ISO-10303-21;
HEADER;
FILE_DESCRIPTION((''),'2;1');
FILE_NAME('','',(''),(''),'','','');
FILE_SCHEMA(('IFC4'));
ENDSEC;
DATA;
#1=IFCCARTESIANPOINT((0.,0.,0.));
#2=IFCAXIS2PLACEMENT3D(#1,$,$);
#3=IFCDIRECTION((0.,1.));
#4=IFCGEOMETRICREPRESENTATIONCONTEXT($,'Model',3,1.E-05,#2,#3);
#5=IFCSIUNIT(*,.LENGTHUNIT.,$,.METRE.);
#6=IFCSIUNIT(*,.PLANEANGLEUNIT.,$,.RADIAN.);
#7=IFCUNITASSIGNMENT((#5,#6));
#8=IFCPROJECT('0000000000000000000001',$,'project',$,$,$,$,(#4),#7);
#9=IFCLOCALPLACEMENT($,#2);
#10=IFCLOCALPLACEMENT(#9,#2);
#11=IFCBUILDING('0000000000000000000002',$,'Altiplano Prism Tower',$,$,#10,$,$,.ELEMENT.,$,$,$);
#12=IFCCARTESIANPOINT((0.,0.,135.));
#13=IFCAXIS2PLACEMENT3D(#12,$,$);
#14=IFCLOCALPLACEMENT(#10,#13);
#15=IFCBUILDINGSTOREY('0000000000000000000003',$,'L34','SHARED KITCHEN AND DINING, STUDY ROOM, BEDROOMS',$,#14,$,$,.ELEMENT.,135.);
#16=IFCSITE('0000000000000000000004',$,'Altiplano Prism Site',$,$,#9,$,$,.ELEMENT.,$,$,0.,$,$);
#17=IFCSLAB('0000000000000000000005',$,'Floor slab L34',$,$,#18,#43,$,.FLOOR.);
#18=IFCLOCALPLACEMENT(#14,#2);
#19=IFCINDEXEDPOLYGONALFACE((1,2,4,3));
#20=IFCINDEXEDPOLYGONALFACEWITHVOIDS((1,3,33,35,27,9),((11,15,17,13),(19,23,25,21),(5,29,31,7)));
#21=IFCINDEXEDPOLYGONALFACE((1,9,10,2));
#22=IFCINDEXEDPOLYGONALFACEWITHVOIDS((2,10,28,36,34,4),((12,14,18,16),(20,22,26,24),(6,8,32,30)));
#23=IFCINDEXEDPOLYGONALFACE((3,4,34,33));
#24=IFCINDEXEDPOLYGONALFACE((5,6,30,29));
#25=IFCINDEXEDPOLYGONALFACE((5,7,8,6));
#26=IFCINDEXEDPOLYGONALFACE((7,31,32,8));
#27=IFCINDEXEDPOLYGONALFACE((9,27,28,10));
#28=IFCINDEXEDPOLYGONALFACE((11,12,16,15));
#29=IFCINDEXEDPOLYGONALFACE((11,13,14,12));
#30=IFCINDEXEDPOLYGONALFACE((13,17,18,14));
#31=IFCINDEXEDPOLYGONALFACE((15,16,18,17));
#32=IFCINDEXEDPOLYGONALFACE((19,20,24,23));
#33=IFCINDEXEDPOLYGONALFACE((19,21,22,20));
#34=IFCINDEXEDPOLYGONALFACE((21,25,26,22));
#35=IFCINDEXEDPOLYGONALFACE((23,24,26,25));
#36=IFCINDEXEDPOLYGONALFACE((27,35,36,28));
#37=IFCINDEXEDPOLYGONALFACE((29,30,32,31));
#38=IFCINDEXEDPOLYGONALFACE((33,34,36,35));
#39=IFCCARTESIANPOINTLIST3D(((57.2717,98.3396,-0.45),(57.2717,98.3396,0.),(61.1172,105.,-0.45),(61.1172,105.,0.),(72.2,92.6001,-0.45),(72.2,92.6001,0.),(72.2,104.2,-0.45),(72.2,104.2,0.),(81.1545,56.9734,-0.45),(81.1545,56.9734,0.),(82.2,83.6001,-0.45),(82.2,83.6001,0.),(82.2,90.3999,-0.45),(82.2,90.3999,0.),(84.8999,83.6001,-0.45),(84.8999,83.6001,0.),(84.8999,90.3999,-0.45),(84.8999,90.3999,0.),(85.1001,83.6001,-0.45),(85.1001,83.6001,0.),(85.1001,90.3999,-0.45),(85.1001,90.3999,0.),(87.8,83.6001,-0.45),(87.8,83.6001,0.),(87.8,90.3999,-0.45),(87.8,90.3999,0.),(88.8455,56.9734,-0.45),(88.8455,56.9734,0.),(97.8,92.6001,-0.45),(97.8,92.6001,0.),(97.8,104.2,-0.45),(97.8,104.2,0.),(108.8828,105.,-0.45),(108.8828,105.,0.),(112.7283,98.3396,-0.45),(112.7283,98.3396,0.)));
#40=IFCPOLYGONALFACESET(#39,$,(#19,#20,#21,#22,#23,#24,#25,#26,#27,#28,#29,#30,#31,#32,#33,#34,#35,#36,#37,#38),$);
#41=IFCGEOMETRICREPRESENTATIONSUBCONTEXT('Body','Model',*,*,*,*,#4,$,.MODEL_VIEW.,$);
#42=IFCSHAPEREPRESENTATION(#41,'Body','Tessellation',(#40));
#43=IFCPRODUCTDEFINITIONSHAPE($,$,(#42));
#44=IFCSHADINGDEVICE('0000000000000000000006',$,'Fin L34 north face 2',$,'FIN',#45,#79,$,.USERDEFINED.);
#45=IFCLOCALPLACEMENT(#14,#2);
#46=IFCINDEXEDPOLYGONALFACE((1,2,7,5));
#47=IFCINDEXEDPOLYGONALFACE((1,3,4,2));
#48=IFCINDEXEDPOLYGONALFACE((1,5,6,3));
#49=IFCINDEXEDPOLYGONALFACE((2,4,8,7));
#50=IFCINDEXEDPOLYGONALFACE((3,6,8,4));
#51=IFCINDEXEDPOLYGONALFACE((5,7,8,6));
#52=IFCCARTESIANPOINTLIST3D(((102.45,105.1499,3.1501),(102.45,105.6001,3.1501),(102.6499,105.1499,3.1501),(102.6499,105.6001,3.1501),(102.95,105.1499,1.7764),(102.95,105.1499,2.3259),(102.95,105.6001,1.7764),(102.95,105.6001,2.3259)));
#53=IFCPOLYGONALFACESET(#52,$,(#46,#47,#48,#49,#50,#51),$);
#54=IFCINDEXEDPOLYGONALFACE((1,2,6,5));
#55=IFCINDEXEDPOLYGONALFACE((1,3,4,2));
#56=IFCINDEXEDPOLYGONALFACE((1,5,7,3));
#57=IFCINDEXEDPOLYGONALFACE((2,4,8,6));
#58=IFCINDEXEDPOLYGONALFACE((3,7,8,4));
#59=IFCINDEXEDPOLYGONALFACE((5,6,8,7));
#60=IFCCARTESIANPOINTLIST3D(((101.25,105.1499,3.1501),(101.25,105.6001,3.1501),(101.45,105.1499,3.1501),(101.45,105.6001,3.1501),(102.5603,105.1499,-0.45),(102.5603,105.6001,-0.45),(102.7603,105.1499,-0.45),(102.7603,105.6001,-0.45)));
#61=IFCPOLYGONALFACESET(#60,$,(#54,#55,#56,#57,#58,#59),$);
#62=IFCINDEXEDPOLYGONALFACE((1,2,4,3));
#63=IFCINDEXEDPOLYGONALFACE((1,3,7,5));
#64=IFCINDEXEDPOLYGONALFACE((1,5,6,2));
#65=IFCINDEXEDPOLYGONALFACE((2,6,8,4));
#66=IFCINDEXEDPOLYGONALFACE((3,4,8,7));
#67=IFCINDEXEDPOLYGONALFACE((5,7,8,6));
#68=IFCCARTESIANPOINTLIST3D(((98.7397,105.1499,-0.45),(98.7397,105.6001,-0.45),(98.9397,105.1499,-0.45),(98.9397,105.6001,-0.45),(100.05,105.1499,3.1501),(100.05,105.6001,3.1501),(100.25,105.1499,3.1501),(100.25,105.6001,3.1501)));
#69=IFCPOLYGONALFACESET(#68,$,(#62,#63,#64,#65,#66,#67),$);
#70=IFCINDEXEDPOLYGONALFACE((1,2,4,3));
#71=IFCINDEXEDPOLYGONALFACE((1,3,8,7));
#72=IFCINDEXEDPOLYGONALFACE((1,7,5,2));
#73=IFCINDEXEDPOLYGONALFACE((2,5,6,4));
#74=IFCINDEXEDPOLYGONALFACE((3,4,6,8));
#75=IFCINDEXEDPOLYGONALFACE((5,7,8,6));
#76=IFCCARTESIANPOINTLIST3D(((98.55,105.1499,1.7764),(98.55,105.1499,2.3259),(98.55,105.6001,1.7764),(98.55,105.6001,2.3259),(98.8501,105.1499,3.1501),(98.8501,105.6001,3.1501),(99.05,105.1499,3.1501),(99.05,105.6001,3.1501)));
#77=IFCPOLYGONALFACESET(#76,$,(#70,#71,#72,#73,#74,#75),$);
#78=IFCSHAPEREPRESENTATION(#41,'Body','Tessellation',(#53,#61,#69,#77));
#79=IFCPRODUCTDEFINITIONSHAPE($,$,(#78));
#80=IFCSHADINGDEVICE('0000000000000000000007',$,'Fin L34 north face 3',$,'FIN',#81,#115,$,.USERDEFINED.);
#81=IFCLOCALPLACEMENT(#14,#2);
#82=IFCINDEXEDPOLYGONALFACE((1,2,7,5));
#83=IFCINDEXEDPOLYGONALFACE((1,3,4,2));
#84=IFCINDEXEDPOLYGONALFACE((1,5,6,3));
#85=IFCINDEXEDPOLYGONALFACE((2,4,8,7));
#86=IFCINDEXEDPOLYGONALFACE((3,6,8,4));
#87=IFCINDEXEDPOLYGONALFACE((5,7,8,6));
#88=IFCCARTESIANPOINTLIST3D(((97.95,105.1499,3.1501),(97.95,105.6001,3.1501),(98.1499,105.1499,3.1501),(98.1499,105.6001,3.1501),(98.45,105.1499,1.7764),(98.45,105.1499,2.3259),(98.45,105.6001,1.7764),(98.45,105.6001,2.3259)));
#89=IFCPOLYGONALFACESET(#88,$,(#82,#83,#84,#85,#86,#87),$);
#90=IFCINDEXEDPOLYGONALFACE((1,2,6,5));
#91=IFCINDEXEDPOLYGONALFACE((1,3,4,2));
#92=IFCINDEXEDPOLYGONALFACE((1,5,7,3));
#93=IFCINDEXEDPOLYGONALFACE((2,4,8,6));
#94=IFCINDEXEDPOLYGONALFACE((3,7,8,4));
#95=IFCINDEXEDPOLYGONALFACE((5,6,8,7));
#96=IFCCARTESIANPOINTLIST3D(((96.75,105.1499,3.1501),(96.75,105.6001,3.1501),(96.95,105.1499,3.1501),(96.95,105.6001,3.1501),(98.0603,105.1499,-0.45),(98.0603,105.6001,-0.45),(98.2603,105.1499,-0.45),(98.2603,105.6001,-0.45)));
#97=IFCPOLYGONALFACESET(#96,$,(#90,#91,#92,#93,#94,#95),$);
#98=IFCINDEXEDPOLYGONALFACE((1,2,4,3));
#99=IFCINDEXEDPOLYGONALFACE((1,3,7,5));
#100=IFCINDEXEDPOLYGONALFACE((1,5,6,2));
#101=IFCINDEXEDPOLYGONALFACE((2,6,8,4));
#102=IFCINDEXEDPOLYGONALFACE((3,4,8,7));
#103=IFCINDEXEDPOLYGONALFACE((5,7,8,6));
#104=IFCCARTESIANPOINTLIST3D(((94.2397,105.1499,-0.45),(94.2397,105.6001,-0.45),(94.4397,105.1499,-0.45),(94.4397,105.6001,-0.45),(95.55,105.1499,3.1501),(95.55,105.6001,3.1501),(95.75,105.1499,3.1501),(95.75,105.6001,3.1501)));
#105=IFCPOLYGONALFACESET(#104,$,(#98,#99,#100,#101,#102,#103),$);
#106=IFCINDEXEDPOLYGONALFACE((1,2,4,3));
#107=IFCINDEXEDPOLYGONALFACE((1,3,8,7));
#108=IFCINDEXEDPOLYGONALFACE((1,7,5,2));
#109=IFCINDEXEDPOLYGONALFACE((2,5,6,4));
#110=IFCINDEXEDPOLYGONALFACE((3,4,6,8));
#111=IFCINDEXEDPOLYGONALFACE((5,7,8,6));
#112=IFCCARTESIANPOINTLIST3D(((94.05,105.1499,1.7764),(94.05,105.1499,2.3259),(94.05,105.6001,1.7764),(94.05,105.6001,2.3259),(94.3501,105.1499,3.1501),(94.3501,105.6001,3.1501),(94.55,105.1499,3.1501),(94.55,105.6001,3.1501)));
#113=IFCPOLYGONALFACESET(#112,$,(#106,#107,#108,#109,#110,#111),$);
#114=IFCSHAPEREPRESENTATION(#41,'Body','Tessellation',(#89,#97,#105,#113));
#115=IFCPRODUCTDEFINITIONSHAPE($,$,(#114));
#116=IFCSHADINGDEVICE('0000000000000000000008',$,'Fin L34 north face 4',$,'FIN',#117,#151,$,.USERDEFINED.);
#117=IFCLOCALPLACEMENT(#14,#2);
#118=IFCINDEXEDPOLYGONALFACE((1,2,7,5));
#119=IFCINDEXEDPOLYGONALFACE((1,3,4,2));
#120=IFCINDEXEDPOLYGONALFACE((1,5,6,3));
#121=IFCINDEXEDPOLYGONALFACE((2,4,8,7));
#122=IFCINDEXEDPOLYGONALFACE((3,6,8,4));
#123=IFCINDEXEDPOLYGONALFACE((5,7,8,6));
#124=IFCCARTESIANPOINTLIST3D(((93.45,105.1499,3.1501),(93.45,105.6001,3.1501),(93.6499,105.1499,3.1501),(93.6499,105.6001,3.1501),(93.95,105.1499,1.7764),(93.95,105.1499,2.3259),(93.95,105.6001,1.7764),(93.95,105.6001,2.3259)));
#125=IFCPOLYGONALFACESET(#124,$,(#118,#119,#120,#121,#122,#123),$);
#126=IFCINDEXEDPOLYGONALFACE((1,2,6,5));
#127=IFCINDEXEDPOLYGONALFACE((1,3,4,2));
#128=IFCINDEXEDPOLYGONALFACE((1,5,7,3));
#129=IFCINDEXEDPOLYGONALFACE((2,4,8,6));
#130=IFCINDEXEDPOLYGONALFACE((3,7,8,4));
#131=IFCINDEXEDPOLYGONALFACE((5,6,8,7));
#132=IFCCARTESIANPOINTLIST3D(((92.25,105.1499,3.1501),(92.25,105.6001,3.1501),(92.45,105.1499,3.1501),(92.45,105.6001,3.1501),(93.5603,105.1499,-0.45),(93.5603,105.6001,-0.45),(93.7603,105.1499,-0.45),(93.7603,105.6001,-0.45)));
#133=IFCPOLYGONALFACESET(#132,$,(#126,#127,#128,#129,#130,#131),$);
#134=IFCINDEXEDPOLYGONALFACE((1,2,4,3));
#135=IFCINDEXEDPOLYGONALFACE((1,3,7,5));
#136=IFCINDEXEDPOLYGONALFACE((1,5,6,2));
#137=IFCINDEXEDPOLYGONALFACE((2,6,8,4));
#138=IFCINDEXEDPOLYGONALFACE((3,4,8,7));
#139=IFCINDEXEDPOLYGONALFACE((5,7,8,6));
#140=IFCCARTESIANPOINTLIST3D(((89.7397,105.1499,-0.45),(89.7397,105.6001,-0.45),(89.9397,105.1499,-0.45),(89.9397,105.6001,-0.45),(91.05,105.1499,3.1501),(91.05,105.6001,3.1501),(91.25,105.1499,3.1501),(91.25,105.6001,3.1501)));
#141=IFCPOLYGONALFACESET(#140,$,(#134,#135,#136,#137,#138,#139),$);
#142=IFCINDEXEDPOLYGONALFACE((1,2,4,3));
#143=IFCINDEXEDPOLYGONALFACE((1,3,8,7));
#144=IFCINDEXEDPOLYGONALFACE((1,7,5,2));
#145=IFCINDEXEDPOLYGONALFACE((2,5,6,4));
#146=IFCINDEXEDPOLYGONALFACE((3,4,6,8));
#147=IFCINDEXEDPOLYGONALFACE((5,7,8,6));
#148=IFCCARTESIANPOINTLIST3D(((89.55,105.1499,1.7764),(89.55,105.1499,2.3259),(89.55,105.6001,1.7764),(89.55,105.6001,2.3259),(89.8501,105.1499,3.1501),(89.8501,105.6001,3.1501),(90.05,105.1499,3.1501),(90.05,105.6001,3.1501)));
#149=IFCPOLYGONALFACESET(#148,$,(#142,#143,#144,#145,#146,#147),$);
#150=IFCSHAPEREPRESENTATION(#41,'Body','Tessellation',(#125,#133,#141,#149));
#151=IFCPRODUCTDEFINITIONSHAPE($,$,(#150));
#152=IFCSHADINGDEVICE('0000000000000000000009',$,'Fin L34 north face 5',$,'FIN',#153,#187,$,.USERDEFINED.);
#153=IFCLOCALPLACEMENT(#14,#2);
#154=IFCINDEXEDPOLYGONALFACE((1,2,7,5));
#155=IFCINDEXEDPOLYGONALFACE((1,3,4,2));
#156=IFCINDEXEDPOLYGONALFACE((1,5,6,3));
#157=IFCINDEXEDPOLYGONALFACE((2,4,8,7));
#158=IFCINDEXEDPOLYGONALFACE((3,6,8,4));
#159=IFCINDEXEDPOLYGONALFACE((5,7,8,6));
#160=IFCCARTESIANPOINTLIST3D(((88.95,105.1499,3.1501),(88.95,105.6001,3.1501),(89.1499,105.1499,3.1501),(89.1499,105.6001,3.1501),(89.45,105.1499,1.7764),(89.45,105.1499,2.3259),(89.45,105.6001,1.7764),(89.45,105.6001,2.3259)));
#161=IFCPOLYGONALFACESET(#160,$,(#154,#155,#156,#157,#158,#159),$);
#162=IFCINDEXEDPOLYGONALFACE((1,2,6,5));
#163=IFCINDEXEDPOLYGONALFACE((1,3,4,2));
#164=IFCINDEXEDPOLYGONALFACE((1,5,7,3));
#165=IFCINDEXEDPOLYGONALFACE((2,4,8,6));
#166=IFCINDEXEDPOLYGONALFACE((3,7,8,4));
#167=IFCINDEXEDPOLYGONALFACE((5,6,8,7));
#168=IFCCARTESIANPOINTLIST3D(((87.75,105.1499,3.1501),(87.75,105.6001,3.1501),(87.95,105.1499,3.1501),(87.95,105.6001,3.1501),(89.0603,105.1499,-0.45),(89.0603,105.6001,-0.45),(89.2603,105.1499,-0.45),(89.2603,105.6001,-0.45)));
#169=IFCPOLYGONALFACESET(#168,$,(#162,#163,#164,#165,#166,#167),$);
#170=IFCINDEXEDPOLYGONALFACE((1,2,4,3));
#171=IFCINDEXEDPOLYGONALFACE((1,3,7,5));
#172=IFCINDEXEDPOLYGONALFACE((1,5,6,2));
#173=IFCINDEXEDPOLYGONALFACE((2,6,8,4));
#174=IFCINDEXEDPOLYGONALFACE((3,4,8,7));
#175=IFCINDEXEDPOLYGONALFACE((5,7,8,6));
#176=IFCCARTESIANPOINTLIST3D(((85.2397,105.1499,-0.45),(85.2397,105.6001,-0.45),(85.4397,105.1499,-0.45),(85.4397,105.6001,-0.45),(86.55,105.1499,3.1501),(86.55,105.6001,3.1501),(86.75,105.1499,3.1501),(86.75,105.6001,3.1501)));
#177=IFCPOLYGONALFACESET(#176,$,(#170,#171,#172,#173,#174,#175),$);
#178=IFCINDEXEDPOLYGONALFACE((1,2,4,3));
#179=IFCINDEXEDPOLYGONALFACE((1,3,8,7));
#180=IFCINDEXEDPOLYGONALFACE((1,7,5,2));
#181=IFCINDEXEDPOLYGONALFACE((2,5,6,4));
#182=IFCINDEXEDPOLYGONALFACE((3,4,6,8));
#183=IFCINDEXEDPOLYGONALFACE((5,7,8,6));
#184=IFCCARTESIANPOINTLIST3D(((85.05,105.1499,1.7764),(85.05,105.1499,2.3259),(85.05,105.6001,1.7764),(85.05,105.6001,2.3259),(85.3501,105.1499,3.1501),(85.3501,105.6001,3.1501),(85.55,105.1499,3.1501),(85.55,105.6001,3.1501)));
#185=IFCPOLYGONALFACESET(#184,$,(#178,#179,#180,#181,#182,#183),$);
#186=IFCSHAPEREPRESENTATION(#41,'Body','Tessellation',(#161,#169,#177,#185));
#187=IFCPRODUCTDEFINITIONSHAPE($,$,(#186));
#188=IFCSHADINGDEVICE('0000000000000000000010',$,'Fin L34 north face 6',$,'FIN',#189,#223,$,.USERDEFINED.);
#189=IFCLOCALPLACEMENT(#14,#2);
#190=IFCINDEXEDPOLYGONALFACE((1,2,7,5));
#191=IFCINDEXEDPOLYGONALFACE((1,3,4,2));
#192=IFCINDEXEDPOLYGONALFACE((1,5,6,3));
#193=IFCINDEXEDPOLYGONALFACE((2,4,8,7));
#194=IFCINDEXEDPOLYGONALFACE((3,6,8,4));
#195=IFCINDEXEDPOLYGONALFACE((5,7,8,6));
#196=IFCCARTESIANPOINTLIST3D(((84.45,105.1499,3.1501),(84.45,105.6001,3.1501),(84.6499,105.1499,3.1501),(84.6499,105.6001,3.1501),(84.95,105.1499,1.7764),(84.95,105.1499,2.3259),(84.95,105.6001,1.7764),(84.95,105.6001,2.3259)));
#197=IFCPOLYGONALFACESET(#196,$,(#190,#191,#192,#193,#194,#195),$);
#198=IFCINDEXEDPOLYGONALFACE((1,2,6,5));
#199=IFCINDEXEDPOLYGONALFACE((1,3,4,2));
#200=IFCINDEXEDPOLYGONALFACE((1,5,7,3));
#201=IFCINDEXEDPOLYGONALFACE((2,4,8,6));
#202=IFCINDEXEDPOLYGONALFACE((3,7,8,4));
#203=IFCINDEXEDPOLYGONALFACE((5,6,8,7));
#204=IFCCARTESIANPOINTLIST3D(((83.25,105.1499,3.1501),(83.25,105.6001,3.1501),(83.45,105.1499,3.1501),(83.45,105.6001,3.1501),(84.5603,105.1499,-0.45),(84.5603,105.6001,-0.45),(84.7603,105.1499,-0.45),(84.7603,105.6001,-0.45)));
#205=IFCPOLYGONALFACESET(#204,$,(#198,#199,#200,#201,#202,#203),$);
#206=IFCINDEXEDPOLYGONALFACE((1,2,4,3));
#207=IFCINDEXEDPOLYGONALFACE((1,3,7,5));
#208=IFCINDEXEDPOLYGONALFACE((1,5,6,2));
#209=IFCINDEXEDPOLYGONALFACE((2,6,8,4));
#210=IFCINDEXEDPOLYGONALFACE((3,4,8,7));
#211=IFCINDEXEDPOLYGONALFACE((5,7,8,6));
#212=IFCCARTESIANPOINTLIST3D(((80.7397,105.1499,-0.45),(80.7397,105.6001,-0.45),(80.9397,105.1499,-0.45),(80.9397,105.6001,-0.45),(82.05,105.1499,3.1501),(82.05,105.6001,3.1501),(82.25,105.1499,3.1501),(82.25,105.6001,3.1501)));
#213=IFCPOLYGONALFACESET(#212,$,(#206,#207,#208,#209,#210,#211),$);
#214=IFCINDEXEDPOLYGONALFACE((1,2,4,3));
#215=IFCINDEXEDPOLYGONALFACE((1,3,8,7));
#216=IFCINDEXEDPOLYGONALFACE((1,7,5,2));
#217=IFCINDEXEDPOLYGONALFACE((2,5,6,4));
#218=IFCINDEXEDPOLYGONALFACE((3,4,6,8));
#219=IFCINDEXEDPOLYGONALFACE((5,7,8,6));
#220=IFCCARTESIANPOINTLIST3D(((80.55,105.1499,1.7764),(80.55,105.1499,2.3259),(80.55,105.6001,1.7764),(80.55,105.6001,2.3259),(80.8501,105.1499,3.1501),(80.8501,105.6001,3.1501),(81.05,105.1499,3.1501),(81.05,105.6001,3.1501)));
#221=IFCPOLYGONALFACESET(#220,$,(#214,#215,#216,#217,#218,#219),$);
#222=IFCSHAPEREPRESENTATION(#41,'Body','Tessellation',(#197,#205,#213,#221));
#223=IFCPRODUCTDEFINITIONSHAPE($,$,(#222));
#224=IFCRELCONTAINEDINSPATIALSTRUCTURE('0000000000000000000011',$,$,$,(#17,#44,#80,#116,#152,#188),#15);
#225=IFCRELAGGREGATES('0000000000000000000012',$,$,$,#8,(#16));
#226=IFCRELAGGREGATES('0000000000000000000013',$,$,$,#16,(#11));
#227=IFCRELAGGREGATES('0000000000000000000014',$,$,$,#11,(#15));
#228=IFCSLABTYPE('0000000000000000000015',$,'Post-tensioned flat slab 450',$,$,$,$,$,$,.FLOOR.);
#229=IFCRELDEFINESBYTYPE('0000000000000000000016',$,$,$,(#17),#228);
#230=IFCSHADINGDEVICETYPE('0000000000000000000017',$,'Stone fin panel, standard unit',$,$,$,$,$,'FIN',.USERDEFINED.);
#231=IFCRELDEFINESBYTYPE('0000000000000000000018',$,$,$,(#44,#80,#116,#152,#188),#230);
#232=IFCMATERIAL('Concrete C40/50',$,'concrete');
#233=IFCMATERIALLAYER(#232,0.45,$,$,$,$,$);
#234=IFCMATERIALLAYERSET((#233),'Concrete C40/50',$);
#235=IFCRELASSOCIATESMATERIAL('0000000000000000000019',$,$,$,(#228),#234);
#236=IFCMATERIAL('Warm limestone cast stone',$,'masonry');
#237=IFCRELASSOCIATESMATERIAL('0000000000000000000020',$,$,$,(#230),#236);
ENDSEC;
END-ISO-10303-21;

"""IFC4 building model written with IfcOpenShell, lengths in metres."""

from ifc_helpers import new_model, si_unit, direction, frame, origin, place, context, subcontext, project, spatial, polyline, outline, extrude, source, transform, mapped, material, layer, layer_set, type_object, element, save


model = new_model("IFC4")

# Units and contexts
model_context = context("Model", 3, precision=1e-05, world=origin(), true_north=direction((0.0, 1.0)))
body_context = subcontext(model_context, "Body", "Model", "MODEL_VIEW")
ifc_project = project(units=[si_unit("LENGTHUNIT", "METRE"), si_unit("PLANEANGLEUNIT", "RADIAN")], contexts=[model_context])

# Site, building, storey
site_placement = place(None, origin())
site = spatial("IfcSite", under=ifc_project, at=site_placement, Name="Altiplano Prism Site", CompositionType="ELEMENT", RefElevation=0.0)
building_placement = place(site_placement, origin())
building = spatial("IfcBuilding", under=site, at=building_placement, Name="Altiplano Prism Tower", CompositionType="ELEMENT")
storey_placement = place(building_placement, frame((0.0, 0.0, 135.0)))
storey = spatial("IfcBuildingStorey", under=building, at=storey_placement, Name="L34", Description="SHARED KITCHEN AND DINING, STUDY ROOM, BEDROOMS", CompositionType="ELEMENT", Elevation=135.0)

# Slab
ifc_material_1 = material(Name="Concrete C40/50", Category="concrete")
ifc_layer = layer(ifc_material_1, 0.45)
ifc_layer_set = layer_set([ifc_layer], Name="Concrete C40/50")
slab_type = type_object("IfcSlabType", Name="Post-tensioned flat slab 450", PredefinedType="FLOOR", material=ifc_layer_set)
slab_placement = place(storey_placement, frame((0.0, 0.0, -0.45)))
element("IfcSlab", 1, at=slab_placement, inside=storey, type_object=slab_type, Name="Floor slab L34", PredefinedType="FLOOR", context=body_context, shape_type="SweptSolid", body=[
    extrude(outline(polyline([(81.1545, 56.9734), (57.2717, 98.3396), (61.1172, 105.0), (108.8828, 105.0), (112.7283, 98.3396), (88.8455, 56.9734), (81.1545, 56.9734)]), holes=[polyline([(72.2, 104.2), (72.2, 92.6001), (97.8, 92.6001), (97.8, 104.2), (72.2, 104.2)]), polyline([(84.8999, 90.3999), (82.2, 90.3999), (82.2, 83.6001), (84.8999, 83.6001), (84.8999, 90.3999)]), polyline([(87.8, 83.6001), (87.8, 90.3999), (85.1001, 90.3999), (85.1001, 83.6001), (87.8, 83.6001)])]), origin(), (0.0, 0.0, 1.0), 0.45),
])

# Shading devices
ifc_material_2 = material(Name="Warm limestone cast stone", Category="masonry")
shading_device_type_1 = type_object("IfcShadingDeviceType", Name="Stone fin panel, standard unit", ElementType="FIN", PredefinedType="USERDEFINED", material=ifc_material_2)
shared_shape_1 = source(origin(), body_context, "Body", "SweptSolid", [
    extrude(outline(polyline([(-2.2, 2.2263), (-1.7, 3.6001), (-1.8999, 3.6001), (-2.2, 2.7759), (-2.2, 2.2263)])), frame((0.0, -0.1499, 0.0), z_axis=(0.0, -1.0, 0.0), x_axis=(1.0, 0.0, 0.0)), (0.0, 0.0, 1.0), 0.4502),
    extrude(outline(polyline([(-2.0103, 0.0), (-1.8103, 0.0), (-0.5, 3.6001), (-0.7, 3.6001), (-2.0103, 0.0)])), frame((0.0, -0.1499, 0.0), z_axis=(0.0, -1.0, 0.0), x_axis=(1.0, 0.0, 0.0)), (0.0, 0.0, 1.0), 0.4502),
    extrude(outline(polyline([(1.8103, 0.0), (2.0103, 0.0), (0.7, 3.6001), (0.5, 3.6001), (1.8103, 0.0)])), frame((0.0, -0.1499, 0.0), z_axis=(0.0, -1.0, 0.0), x_axis=(1.0, 0.0, 0.0)), (0.0, 0.0, 1.0), 0.4502),
    extrude(outline(polyline([(2.2, 2.7759), (1.8999, 3.6001), (1.7, 3.6001), (2.2, 2.2263), (2.2, 2.7759)])), frame((0.0, -0.1499, 0.0), z_axis=(0.0, -1.0, 0.0), x_axis=(1.0, 0.0, 0.0)), (0.0, 0.0, 1.0), 0.4502),
])
shading_device_1_placement = place(storey_placement, origin())
element("IfcShadingDevice", 2, at=shading_device_1_placement, inside=storey, type_object=shading_device_type_1, Name="Fin L34 north face 2", ObjectType="FIN", PredefinedType="USERDEFINED", context=body_context, shape_type="MappedRepresentation", body=[
    mapped(shared_shape_1, transform((100.75, 105.0, -0.45), x_axis=(-1.0, 0.0, 0.0), y_axis=(0.0, -1.0, 0.0), z_axis=(0.0, 0.0, 1.0))),
])
shading_device_2_placement = place(storey_placement, origin())
element("IfcShadingDevice", 3, at=shading_device_2_placement, inside=storey, type_object=shading_device_type_1, Name="Fin L34 north face 3", ObjectType="FIN", PredefinedType="USERDEFINED", context=body_context, shape_type="MappedRepresentation", body=[
    mapped(shared_shape_1, transform((96.25, 105.0, -0.45), x_axis=(-1.0, 0.0, 0.0), y_axis=(0.0, -1.0, 0.0), z_axis=(0.0, 0.0, 1.0))),
])
shading_device_3_placement = place(storey_placement, origin())
element("IfcShadingDevice", 4, at=shading_device_3_placement, inside=storey, type_object=shading_device_type_1, Name="Fin L34 north face 4", ObjectType="FIN", PredefinedType="USERDEFINED", context=body_context, shape_type="MappedRepresentation", body=[
    mapped(shared_shape_1, transform((91.75, 105.0, -0.45), x_axis=(-1.0, 0.0, 0.0), y_axis=(0.0, -1.0, 0.0), z_axis=(0.0, 0.0, 1.0))),
])
shading_device_4_placement = place(storey_placement, origin())
element("IfcShadingDevice", 5, at=shading_device_4_placement, inside=storey, type_object=shading_device_type_1, Name="Fin L34 north face 5", ObjectType="FIN", PredefinedType="USERDEFINED", context=body_context, shape_type="MappedRepresentation", body=[
    mapped(shared_shape_1, transform((87.25, 105.0, -0.45), x_axis=(-1.0, 0.0, 0.0), y_axis=(0.0, -1.0, 0.0), z_axis=(0.0, 0.0, 1.0))),
])
shading_device_5_placement = place(storey_placement, origin())
element("IfcShadingDevice", 6, at=shading_device_5_placement, inside=storey, type_object=shading_device_type_1, Name="Fin L34 north face 6", ObjectType="FIN", PredefinedType="USERDEFINED", context=body_context, shape_type="MappedRepresentation", body=[
    mapped(shared_shape_1, transform((82.75, 105.0, -0.45), x_axis=(-1.0, 0.0, 0.0), y_axis=(0.0, -1.0, 0.0), z_axis=(0.0, 0.0, 1.0))),
])

save(model, "model.ifc")
